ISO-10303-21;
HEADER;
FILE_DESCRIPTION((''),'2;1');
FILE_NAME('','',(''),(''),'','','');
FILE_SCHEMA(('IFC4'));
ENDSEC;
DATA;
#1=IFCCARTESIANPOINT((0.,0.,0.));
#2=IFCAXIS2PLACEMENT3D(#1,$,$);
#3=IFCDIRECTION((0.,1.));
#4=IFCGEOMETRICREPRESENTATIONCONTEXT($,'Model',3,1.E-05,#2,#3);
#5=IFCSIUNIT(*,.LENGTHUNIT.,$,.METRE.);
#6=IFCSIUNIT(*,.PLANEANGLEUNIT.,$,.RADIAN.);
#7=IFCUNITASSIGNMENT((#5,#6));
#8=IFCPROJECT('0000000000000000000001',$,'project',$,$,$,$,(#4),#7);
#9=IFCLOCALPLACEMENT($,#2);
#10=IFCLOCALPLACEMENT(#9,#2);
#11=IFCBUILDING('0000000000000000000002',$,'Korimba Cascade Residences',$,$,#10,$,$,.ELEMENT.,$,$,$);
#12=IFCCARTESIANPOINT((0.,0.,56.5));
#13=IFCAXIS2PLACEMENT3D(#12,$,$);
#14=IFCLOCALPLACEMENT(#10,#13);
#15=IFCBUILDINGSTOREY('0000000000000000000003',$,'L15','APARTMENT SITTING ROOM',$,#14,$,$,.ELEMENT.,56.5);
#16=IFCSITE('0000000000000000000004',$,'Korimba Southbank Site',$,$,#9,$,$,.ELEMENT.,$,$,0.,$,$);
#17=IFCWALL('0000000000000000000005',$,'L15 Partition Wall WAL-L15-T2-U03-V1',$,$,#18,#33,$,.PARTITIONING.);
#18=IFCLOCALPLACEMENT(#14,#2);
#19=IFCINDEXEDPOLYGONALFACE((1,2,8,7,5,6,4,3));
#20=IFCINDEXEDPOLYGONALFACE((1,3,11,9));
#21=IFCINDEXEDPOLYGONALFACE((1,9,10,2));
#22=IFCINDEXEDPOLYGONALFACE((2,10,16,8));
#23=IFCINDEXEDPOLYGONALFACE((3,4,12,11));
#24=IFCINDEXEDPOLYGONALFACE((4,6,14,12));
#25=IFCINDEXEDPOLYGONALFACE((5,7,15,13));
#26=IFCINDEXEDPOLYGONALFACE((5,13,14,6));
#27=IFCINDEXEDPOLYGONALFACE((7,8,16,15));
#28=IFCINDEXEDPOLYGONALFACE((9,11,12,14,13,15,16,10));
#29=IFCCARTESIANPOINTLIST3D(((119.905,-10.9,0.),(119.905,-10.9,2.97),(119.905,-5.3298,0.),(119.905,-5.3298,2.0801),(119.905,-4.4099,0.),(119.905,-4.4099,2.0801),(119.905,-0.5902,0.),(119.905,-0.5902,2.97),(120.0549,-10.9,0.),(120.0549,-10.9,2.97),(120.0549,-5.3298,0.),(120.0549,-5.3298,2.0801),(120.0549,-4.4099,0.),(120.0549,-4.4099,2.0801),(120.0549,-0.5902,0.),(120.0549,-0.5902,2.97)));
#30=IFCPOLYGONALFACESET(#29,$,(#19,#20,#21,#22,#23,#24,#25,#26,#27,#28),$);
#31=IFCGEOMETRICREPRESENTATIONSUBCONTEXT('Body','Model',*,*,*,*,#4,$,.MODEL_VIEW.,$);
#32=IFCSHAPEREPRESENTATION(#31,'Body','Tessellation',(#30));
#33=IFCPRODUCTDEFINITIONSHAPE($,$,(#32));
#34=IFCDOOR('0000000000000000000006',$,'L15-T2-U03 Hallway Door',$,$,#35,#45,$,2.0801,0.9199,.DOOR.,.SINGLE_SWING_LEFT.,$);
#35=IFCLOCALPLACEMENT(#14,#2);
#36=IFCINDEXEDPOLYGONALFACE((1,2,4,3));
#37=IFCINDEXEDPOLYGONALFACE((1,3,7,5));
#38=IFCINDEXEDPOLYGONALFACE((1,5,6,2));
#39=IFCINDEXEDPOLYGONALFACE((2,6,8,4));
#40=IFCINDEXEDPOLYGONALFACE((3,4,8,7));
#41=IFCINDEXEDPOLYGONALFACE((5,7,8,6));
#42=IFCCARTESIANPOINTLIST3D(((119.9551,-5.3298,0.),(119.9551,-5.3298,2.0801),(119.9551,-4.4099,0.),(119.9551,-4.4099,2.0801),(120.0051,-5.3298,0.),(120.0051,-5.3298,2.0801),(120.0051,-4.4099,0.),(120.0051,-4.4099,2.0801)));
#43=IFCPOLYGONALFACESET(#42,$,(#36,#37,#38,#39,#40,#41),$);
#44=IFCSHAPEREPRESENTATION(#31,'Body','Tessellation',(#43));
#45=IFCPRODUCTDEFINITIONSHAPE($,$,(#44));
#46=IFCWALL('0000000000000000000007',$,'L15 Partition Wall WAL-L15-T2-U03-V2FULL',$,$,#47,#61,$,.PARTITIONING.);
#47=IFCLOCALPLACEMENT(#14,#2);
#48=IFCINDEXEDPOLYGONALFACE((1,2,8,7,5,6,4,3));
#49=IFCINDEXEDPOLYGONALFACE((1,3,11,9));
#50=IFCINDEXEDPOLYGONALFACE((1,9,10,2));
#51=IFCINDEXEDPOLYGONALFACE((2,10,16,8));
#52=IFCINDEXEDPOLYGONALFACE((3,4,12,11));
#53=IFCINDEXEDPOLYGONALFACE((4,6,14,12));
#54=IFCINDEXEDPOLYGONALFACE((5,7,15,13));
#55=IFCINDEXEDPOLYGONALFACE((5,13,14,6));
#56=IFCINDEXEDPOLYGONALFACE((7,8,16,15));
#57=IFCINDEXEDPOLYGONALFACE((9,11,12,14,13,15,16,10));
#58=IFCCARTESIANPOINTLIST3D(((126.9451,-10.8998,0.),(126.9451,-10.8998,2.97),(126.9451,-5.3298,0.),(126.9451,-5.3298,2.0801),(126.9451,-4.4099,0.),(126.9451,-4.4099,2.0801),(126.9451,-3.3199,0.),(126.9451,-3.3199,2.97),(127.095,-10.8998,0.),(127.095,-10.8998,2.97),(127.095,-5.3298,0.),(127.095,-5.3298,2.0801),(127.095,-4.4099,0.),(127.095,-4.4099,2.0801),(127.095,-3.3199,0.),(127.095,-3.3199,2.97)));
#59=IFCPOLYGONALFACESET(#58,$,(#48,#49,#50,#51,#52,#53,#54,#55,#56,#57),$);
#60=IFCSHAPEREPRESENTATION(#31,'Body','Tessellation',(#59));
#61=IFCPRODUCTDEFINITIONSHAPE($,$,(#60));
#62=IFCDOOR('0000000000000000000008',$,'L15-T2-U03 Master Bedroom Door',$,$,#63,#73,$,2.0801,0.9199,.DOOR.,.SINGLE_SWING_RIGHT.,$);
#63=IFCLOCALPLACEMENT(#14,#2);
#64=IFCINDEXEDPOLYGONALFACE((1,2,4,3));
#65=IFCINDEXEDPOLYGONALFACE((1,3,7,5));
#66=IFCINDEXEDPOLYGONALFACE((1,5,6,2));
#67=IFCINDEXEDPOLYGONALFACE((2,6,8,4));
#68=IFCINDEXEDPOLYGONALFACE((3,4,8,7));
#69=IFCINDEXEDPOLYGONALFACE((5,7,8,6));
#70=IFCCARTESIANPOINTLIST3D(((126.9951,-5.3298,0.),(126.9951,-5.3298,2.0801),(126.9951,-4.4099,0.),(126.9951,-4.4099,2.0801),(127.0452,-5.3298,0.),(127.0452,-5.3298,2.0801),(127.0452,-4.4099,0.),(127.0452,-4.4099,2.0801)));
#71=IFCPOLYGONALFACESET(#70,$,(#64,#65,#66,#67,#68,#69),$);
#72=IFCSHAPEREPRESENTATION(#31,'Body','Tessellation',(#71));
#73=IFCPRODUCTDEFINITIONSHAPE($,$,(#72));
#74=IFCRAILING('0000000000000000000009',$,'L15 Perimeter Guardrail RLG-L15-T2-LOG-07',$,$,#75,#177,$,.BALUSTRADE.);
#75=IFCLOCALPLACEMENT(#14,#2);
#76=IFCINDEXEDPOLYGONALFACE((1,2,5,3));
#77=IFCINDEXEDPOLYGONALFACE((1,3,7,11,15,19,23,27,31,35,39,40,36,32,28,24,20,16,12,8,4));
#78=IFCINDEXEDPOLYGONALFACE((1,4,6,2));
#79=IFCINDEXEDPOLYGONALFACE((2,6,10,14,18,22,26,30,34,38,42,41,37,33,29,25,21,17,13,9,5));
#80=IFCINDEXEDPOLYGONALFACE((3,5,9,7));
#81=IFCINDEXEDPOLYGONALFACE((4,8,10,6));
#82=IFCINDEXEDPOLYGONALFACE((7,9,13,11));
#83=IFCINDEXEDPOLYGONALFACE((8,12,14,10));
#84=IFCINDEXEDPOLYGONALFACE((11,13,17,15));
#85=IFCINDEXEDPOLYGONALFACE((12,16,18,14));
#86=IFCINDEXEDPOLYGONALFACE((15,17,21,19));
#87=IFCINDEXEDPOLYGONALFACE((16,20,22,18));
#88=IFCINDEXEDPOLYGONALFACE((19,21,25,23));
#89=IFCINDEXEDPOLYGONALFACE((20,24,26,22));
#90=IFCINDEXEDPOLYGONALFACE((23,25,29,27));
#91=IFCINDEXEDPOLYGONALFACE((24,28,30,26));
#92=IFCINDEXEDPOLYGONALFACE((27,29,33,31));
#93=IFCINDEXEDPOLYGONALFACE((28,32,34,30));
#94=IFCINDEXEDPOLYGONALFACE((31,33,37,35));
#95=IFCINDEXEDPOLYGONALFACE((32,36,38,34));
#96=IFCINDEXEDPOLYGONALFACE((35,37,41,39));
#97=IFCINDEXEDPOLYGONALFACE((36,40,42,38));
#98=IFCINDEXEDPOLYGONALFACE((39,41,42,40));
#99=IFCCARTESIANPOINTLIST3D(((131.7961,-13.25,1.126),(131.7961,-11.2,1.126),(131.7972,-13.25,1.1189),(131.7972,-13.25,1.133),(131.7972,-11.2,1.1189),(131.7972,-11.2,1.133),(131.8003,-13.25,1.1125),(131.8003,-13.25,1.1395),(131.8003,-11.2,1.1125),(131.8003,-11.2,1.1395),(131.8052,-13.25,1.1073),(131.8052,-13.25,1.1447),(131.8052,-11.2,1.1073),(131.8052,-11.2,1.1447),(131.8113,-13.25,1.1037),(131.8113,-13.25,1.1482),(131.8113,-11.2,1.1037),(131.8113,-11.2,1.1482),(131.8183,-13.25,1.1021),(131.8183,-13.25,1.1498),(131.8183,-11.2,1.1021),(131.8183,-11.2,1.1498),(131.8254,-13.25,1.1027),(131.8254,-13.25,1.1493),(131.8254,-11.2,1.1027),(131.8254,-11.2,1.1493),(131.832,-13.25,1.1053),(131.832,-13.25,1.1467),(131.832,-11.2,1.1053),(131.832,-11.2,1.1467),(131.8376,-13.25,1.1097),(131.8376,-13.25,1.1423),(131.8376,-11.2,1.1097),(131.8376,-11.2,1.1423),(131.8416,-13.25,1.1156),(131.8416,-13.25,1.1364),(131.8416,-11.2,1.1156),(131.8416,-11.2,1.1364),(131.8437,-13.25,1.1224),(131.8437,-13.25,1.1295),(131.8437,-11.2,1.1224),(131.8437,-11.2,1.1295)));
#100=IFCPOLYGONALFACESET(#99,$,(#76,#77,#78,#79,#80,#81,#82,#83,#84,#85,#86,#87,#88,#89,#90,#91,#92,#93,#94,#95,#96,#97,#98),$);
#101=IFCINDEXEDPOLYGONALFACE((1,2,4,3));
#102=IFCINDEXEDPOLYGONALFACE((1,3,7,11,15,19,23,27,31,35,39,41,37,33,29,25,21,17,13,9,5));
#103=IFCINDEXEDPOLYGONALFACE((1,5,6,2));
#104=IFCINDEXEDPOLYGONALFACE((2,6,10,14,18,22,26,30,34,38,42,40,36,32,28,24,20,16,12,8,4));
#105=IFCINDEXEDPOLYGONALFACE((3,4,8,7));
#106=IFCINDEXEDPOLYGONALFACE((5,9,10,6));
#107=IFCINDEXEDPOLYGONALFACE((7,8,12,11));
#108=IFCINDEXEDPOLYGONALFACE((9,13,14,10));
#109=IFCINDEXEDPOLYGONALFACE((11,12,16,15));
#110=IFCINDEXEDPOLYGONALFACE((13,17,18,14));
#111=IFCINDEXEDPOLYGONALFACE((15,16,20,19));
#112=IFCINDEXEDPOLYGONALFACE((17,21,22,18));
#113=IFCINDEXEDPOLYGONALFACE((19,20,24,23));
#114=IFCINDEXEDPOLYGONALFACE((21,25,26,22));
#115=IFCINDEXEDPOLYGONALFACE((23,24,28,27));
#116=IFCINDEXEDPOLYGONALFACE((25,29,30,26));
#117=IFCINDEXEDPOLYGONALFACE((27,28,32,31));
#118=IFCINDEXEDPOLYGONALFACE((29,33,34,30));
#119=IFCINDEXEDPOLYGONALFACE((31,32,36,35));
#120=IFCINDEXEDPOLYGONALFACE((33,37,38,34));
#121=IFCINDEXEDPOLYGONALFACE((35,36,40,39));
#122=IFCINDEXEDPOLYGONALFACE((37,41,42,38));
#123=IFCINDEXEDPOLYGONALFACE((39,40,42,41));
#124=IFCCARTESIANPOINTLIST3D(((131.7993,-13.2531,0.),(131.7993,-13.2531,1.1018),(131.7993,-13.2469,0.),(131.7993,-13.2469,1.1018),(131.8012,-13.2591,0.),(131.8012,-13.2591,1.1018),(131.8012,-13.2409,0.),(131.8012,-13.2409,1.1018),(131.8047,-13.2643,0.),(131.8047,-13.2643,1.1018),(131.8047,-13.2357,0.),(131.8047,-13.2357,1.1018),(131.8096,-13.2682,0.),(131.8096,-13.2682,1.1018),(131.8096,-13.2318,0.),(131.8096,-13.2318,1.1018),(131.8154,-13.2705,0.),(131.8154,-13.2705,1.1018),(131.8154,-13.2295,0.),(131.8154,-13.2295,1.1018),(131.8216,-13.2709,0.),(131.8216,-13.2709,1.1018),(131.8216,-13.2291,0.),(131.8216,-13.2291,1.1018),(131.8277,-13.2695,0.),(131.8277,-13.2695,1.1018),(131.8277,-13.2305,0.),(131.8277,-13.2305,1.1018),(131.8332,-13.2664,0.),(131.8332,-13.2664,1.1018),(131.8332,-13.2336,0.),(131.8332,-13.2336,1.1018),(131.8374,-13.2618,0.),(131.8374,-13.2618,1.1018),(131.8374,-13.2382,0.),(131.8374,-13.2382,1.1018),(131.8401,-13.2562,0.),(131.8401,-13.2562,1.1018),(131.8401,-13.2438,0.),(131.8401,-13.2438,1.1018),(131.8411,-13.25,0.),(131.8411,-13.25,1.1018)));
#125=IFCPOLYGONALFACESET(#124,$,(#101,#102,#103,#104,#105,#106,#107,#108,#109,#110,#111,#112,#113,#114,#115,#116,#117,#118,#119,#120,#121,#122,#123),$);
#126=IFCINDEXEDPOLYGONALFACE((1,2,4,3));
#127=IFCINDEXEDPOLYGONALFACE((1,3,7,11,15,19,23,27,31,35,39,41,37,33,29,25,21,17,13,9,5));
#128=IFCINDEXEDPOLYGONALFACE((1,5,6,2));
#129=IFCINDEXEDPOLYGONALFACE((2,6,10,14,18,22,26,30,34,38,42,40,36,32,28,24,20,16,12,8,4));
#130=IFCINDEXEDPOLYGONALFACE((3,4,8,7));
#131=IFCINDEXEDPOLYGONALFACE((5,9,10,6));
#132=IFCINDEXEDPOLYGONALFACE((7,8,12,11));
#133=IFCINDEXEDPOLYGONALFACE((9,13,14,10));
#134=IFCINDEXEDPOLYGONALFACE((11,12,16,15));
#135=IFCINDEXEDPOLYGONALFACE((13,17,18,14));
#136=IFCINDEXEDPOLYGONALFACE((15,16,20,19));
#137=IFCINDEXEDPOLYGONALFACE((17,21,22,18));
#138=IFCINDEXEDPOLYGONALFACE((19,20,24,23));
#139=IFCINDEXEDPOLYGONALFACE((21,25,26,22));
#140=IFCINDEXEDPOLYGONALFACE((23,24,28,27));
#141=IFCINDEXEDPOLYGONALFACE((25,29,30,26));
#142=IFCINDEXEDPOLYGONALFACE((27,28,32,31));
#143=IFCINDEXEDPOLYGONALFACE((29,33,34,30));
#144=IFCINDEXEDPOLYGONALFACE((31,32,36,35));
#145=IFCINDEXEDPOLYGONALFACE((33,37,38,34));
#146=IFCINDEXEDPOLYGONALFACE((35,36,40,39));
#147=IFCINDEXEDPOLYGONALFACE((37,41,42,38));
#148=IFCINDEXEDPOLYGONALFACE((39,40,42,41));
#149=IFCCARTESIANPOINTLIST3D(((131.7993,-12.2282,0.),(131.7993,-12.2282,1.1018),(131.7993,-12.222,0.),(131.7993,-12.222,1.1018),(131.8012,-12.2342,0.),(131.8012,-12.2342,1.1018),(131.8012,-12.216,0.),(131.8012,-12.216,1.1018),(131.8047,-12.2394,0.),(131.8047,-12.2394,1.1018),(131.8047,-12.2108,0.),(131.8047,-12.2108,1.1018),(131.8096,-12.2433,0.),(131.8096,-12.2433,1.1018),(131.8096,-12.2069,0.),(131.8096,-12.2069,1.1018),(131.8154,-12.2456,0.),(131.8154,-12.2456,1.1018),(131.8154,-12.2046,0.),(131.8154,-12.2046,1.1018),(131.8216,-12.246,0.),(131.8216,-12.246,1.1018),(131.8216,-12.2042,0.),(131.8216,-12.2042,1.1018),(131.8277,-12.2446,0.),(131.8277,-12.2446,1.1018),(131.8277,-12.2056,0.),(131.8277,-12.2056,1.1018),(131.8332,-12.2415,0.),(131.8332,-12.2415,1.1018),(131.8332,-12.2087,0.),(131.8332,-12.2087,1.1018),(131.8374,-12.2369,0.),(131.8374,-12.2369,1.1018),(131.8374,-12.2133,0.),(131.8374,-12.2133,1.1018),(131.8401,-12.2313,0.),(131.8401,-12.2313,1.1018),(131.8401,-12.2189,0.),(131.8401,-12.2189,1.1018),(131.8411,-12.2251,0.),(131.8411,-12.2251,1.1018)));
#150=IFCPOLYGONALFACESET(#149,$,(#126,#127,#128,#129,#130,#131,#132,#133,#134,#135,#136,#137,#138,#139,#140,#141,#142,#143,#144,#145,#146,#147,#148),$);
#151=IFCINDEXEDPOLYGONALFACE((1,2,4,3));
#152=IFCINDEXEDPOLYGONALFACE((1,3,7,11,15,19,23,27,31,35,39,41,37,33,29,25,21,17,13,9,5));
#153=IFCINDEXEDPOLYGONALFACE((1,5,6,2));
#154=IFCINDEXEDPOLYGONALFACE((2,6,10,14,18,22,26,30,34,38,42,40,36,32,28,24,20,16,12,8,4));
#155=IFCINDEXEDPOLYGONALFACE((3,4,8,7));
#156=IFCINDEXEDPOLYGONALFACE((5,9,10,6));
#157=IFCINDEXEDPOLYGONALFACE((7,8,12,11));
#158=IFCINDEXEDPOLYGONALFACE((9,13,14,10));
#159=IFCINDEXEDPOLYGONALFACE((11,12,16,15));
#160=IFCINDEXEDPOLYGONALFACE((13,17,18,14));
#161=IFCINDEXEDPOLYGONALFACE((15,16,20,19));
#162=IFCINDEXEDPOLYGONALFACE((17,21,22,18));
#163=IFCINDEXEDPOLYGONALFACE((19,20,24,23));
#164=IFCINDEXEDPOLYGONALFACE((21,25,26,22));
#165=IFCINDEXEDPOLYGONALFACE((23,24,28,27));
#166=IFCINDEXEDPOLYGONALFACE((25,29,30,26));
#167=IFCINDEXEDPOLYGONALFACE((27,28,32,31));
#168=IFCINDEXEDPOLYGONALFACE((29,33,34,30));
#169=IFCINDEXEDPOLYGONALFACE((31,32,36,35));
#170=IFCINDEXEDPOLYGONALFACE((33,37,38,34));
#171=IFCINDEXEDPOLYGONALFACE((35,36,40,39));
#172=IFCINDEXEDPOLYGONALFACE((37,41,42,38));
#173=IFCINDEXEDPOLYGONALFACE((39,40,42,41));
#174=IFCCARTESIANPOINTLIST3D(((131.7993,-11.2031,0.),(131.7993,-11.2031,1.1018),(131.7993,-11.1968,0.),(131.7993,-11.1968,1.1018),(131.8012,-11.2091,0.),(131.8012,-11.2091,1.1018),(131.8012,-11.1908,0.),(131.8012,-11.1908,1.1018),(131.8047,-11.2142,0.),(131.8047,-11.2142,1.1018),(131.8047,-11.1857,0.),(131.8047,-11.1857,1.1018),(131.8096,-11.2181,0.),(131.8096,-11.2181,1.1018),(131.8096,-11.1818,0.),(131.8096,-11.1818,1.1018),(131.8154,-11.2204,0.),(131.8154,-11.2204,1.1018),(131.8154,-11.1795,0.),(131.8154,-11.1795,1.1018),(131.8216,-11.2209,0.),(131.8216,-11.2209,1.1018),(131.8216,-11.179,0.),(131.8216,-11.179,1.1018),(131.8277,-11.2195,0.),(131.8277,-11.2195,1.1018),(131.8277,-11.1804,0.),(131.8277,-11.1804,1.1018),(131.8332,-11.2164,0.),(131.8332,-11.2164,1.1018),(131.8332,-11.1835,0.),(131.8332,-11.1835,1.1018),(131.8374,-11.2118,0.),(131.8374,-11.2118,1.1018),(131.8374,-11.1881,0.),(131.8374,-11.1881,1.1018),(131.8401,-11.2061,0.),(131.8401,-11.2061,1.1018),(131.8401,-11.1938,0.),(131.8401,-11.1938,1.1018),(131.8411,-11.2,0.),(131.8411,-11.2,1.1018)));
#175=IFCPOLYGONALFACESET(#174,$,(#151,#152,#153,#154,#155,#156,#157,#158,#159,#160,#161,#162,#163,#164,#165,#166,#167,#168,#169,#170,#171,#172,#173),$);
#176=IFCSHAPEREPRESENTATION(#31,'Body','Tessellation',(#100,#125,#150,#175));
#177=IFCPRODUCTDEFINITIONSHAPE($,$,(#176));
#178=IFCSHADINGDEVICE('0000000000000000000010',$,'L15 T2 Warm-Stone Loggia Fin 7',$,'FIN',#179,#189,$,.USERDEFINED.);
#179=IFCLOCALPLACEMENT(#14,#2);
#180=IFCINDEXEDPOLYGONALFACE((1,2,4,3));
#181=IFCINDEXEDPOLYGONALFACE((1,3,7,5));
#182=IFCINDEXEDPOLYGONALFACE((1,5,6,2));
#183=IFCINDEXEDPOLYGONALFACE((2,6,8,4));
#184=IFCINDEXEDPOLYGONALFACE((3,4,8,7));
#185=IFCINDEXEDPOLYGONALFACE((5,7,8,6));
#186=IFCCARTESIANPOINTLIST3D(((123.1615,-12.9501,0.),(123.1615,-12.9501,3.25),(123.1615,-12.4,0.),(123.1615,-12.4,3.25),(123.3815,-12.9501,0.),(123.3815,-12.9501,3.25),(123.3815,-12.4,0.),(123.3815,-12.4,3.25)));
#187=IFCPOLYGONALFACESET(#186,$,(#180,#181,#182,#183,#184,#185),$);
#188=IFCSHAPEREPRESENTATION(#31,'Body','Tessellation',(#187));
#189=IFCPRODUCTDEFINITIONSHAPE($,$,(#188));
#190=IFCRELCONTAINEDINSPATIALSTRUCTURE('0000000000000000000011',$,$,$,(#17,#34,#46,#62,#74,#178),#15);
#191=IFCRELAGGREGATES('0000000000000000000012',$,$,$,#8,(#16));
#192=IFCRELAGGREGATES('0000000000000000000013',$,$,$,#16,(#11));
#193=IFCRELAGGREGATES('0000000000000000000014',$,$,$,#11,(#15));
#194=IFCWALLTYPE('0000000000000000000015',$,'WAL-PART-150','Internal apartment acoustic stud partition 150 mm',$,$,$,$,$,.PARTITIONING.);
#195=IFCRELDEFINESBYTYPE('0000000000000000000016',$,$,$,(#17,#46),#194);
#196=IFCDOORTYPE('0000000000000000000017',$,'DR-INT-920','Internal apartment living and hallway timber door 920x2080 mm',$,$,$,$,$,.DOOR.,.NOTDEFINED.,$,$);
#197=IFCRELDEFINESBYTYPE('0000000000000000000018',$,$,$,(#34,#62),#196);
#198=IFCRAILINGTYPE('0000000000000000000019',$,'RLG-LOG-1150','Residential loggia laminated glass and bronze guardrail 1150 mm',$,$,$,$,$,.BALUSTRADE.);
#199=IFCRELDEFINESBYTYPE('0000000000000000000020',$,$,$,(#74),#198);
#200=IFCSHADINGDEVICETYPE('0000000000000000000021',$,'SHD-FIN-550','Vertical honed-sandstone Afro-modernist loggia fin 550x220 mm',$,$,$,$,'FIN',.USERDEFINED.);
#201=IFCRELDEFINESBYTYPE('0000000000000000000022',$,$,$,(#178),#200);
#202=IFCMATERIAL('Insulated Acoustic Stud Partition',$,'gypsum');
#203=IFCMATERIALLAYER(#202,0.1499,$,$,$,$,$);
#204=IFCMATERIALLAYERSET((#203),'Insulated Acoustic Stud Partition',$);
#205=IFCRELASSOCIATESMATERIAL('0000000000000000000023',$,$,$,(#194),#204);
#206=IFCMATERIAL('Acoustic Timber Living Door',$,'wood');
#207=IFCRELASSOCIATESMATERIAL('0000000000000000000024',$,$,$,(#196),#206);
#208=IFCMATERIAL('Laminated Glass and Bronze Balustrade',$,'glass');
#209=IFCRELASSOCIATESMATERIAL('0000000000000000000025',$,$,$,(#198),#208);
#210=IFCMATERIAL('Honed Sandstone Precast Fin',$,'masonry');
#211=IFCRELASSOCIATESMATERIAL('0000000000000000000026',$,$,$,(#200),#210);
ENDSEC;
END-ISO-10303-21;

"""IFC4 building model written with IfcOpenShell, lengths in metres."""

from ifc_helpers import new_model, si_unit, direction, frame, frame_2d, origin, origin_2d, place, context, subcontext, project, spatial, rectangle, circle, extrude, material, layer, layer_set, type_object, element, fill, save


model = new_model("IFC4")

# Units and contexts
model_context = context("Model", 3, precision=1e-05, world=origin(), true_north=direction((0.0, 1.0)))
body_context = subcontext(model_context, "Body", "Model", "MODEL_VIEW")
ifc_project = project(units=[si_unit("LENGTHUNIT", "METRE"), si_unit("PLANEANGLEUNIT", "RADIAN")], contexts=[model_context])

# Site, building, storey
site_placement = place(None, origin())
site = spatial("IfcSite", under=ifc_project, at=site_placement, Name="Korimba Southbank Site", CompositionType="ELEMENT", RefElevation=0.0)
building_placement = place(site_placement, origin())
building = spatial("IfcBuilding", under=site, at=building_placement, Name="Korimba Cascade Residences", CompositionType="ELEMENT")
storey_placement = place(building_placement, frame((0.0, 0.0, 56.5)))
storey = spatial("IfcBuildingStorey", under=building, at=storey_placement, Name="L15", Description="APARTMENT SITTING ROOM", CompositionType="ELEMENT", Elevation=56.5)

# Walls, openings, doors
ifc_material_1 = material(Name="Insulated Acoustic Stud Partition", Category="gypsum")
ifc_layer_1 = layer(ifc_material_1, 0.1499)
ifc_layer_set_1 = layer_set([ifc_layer_1], Name="Insulated Acoustic Stud Partition")
wall_type_1 = type_object("IfcWallType", Name="WAL-PART-150", Description="Internal apartment acoustic stud partition 150 mm", PredefinedType="PARTITIONING", material=ifc_layer_set_1)
wall_1_placement = place(storey_placement, frame((119.98, -10.8999, 0.0), z_axis=(0.0, 0.0, 1.0), x_axis=(0.0, 1.0, 0.0)))
wall_1 = element("IfcWall", 1, at=wall_1_placement, inside=storey, type_object=wall_type_1, Name="L15 Partition Wall WAL-L15-T2-U03-V1", PredefinedType="PARTITIONING", context=body_context, shape_type="SweptSolid", body=[
    extrude(rectangle(XDim=10.3098, YDim=0.1499, at=frame_2d((5.1548, 0.0))), origin(), (0.0, 0.0, 1.0), 2.97),
])
opening_1_placement = place(wall_1_placement, frame((5.5701, 0.0, 0.0)))
opening_1 = element("IfcOpeningElement", 2, at=opening_1_placement, cuts=wall_1, PredefinedType="OPENING", context=body_context, shape_type="SweptSolid", body=[
    extrude(rectangle(XDim=0.9199, YDim=2.0801, at=frame_2d((0.46, 1.04))), frame((0.0, 0.085, 0.0), z_axis=(0.0, -1.0, 0.0), x_axis=(1.0, 0.0, 0.0)), (0.0, 0.0, 1.0), 0.1699),
])
ifc_material_2 = material(Name="Acoustic Timber Living Door", Category="wood")
door_type = type_object("IfcDoorType", Name="DR-INT-920", Description="Internal apartment living and hallway timber door 920x2080 mm", OperationType="NOTDEFINED", PredefinedType="DOOR", material=ifc_material_2)
door_1_placement = place(opening_1_placement, origin())
door_1 = element("IfcDoor", 3, at=door_1_placement, inside=storey, type_object=door_type, Name="L15-T2-U03 Hallway Door", OperationType="SINGLE_SWING_LEFT", OverallHeight=2.0801, OverallWidth=0.9199, PredefinedType="DOOR", context=body_context, shape_type="SweptSolid", body=[
    extrude(rectangle(XDim=0.9199, YDim=2.0801, at=frame_2d((0.46, 1.04))), frame((0.0, 0.0249, 0.0), z_axis=(0.0, -1.0, 0.0), x_axis=(1.0, 0.0, 0.0)), (0.0, 0.0, 1.0), 0.05),
])
fill(opening_1, door_1)
wall_2_placement = place(storey_placement, frame((127.02, -10.8999, 0.0), z_axis=(0.0, 0.0, 1.0), x_axis=(0.0, 1.0, 0.0)))
wall_2 = element("IfcWall", 4, at=wall_2_placement, inside=storey, type_object=wall_type_1, Name="L15 Partition Wall WAL-L15-T2-U03-V2FULL", PredefinedType="PARTITIONING", context=body_context, shape_type="SweptSolid", body=[
    extrude(rectangle(XDim=7.5798, YDim=0.1499, at=frame_2d((3.79, 0.0))), origin(), (0.0, 0.0, 1.0), 2.97),
])
opening_2_placement = place(wall_2_placement, frame((5.5701, 0.0, 0.0)))
opening_2 = element("IfcOpeningElement", 5, at=opening_2_placement, cuts=wall_2, PredefinedType="OPENING", context=body_context, shape_type="SweptSolid", body=[
    extrude(rectangle(XDim=0.9199, YDim=2.0801, at=frame_2d((0.46, 1.04))), frame((0.0, 0.085, 0.0), z_axis=(0.0, -1.0, 0.0), x_axis=(1.0, 0.0, 0.0)), (0.0, 0.0, 1.0), 0.1699),
])
door_2_placement = place(opening_2_placement, origin())
door_2 = element("IfcDoor", 6, at=door_2_placement, inside=storey, type_object=door_type, Name="L15-T2-U03 Master Bedroom Door", OperationType="SINGLE_SWING_RIGHT", OverallHeight=2.0801, OverallWidth=0.9199, PredefinedType="DOOR", context=body_context, shape_type="SweptSolid", body=[
    extrude(rectangle(XDim=0.9199, YDim=2.0801, at=frame_2d((0.46, 1.04))), frame((0.0, 0.0249, 0.0), z_axis=(0.0, -1.0, 0.0), x_axis=(1.0, 0.0, 0.0)), (0.0, 0.0, 1.0), 0.05),
])
fill(opening_2, door_2)

# Railing
ifc_material_3 = material(Name="Laminated Glass and Bronze Balustrade", Category="glass")
railing_type = type_object("IfcRailingType", Name="RLG-LOG-1150", Description="Residential loggia laminated glass and bronze guardrail 1150 mm", PredefinedType="BALUSTRADE", material=ifc_material_3)
railing_1_placement = place(storey_placement, frame((131.8201, -13.25, 0.0)))
element("IfcRailing", 7, at=railing_1_placement, inside=storey, type_object=railing_type, Name="L15 Perimeter Guardrail RLG-L15-T2-LOG-07", PredefinedType="BALUSTRADE", context=body_context, shape_type="SweptSolid", body=[
    extrude(circle(Radius=0.0239, at=origin_2d()), frame((0.0, 0.0, 1.126), z_axis=(0.0, 1.0, 0.0), x_axis=(-1.0, 0.0, 0.0)), (0.0, 0.0, 1.0), 2.05),
    extrude(circle(Radius=0.021, at=origin_2d()), origin(), (0.0, 0.0, 1.0), 1.1018),
    extrude(circle(Radius=0.021, at=origin_2d()), frame((0.0, 1.0249, 0.0)), (0.0, 0.0, 1.0), 1.1018),
    extrude(circle(Radius=0.021, at=origin_2d()), frame((0.0, 2.05, 0.0)), (0.0, 0.0, 1.0), 1.1018),
])

# Shading device
ifc_material_4 = material(Name="Honed Sandstone Precast Fin", Category="masonry")
shading_device_type = type_object("IfcShadingDeviceType", Name="SHD-FIN-550", Description="Vertical honed-sandstone Afro-modernist loggia fin 550x220 mm", ElementType="FIN", PredefinedType="USERDEFINED", material=ifc_material_4)
for number, where, z_axis, x_axis, name in (
    (8, (123.2715, -12.675, 0.0), (0.0, 0.0, 1.0), (1.0, 0.0, 0.0), "L15 T2 Warm-Stone Loggia Fin 7"),
):
    element("IfcShadingDevice", number, at=place(storey_placement, frame(where, z_axis=z_axis, x_axis=x_axis)), inside=storey, type_object=shading_device_type, Name=name, ObjectType="FIN", PredefinedType="USERDEFINED", context=body_context, shape_type="SweptSolid", body=[
        extrude(rectangle(XDim=0.22, YDim=0.55, at=origin_2d()), origin(), (0.0, 0.0, 1.0), 3.25),
    ])

save(model, "model.ifc")
